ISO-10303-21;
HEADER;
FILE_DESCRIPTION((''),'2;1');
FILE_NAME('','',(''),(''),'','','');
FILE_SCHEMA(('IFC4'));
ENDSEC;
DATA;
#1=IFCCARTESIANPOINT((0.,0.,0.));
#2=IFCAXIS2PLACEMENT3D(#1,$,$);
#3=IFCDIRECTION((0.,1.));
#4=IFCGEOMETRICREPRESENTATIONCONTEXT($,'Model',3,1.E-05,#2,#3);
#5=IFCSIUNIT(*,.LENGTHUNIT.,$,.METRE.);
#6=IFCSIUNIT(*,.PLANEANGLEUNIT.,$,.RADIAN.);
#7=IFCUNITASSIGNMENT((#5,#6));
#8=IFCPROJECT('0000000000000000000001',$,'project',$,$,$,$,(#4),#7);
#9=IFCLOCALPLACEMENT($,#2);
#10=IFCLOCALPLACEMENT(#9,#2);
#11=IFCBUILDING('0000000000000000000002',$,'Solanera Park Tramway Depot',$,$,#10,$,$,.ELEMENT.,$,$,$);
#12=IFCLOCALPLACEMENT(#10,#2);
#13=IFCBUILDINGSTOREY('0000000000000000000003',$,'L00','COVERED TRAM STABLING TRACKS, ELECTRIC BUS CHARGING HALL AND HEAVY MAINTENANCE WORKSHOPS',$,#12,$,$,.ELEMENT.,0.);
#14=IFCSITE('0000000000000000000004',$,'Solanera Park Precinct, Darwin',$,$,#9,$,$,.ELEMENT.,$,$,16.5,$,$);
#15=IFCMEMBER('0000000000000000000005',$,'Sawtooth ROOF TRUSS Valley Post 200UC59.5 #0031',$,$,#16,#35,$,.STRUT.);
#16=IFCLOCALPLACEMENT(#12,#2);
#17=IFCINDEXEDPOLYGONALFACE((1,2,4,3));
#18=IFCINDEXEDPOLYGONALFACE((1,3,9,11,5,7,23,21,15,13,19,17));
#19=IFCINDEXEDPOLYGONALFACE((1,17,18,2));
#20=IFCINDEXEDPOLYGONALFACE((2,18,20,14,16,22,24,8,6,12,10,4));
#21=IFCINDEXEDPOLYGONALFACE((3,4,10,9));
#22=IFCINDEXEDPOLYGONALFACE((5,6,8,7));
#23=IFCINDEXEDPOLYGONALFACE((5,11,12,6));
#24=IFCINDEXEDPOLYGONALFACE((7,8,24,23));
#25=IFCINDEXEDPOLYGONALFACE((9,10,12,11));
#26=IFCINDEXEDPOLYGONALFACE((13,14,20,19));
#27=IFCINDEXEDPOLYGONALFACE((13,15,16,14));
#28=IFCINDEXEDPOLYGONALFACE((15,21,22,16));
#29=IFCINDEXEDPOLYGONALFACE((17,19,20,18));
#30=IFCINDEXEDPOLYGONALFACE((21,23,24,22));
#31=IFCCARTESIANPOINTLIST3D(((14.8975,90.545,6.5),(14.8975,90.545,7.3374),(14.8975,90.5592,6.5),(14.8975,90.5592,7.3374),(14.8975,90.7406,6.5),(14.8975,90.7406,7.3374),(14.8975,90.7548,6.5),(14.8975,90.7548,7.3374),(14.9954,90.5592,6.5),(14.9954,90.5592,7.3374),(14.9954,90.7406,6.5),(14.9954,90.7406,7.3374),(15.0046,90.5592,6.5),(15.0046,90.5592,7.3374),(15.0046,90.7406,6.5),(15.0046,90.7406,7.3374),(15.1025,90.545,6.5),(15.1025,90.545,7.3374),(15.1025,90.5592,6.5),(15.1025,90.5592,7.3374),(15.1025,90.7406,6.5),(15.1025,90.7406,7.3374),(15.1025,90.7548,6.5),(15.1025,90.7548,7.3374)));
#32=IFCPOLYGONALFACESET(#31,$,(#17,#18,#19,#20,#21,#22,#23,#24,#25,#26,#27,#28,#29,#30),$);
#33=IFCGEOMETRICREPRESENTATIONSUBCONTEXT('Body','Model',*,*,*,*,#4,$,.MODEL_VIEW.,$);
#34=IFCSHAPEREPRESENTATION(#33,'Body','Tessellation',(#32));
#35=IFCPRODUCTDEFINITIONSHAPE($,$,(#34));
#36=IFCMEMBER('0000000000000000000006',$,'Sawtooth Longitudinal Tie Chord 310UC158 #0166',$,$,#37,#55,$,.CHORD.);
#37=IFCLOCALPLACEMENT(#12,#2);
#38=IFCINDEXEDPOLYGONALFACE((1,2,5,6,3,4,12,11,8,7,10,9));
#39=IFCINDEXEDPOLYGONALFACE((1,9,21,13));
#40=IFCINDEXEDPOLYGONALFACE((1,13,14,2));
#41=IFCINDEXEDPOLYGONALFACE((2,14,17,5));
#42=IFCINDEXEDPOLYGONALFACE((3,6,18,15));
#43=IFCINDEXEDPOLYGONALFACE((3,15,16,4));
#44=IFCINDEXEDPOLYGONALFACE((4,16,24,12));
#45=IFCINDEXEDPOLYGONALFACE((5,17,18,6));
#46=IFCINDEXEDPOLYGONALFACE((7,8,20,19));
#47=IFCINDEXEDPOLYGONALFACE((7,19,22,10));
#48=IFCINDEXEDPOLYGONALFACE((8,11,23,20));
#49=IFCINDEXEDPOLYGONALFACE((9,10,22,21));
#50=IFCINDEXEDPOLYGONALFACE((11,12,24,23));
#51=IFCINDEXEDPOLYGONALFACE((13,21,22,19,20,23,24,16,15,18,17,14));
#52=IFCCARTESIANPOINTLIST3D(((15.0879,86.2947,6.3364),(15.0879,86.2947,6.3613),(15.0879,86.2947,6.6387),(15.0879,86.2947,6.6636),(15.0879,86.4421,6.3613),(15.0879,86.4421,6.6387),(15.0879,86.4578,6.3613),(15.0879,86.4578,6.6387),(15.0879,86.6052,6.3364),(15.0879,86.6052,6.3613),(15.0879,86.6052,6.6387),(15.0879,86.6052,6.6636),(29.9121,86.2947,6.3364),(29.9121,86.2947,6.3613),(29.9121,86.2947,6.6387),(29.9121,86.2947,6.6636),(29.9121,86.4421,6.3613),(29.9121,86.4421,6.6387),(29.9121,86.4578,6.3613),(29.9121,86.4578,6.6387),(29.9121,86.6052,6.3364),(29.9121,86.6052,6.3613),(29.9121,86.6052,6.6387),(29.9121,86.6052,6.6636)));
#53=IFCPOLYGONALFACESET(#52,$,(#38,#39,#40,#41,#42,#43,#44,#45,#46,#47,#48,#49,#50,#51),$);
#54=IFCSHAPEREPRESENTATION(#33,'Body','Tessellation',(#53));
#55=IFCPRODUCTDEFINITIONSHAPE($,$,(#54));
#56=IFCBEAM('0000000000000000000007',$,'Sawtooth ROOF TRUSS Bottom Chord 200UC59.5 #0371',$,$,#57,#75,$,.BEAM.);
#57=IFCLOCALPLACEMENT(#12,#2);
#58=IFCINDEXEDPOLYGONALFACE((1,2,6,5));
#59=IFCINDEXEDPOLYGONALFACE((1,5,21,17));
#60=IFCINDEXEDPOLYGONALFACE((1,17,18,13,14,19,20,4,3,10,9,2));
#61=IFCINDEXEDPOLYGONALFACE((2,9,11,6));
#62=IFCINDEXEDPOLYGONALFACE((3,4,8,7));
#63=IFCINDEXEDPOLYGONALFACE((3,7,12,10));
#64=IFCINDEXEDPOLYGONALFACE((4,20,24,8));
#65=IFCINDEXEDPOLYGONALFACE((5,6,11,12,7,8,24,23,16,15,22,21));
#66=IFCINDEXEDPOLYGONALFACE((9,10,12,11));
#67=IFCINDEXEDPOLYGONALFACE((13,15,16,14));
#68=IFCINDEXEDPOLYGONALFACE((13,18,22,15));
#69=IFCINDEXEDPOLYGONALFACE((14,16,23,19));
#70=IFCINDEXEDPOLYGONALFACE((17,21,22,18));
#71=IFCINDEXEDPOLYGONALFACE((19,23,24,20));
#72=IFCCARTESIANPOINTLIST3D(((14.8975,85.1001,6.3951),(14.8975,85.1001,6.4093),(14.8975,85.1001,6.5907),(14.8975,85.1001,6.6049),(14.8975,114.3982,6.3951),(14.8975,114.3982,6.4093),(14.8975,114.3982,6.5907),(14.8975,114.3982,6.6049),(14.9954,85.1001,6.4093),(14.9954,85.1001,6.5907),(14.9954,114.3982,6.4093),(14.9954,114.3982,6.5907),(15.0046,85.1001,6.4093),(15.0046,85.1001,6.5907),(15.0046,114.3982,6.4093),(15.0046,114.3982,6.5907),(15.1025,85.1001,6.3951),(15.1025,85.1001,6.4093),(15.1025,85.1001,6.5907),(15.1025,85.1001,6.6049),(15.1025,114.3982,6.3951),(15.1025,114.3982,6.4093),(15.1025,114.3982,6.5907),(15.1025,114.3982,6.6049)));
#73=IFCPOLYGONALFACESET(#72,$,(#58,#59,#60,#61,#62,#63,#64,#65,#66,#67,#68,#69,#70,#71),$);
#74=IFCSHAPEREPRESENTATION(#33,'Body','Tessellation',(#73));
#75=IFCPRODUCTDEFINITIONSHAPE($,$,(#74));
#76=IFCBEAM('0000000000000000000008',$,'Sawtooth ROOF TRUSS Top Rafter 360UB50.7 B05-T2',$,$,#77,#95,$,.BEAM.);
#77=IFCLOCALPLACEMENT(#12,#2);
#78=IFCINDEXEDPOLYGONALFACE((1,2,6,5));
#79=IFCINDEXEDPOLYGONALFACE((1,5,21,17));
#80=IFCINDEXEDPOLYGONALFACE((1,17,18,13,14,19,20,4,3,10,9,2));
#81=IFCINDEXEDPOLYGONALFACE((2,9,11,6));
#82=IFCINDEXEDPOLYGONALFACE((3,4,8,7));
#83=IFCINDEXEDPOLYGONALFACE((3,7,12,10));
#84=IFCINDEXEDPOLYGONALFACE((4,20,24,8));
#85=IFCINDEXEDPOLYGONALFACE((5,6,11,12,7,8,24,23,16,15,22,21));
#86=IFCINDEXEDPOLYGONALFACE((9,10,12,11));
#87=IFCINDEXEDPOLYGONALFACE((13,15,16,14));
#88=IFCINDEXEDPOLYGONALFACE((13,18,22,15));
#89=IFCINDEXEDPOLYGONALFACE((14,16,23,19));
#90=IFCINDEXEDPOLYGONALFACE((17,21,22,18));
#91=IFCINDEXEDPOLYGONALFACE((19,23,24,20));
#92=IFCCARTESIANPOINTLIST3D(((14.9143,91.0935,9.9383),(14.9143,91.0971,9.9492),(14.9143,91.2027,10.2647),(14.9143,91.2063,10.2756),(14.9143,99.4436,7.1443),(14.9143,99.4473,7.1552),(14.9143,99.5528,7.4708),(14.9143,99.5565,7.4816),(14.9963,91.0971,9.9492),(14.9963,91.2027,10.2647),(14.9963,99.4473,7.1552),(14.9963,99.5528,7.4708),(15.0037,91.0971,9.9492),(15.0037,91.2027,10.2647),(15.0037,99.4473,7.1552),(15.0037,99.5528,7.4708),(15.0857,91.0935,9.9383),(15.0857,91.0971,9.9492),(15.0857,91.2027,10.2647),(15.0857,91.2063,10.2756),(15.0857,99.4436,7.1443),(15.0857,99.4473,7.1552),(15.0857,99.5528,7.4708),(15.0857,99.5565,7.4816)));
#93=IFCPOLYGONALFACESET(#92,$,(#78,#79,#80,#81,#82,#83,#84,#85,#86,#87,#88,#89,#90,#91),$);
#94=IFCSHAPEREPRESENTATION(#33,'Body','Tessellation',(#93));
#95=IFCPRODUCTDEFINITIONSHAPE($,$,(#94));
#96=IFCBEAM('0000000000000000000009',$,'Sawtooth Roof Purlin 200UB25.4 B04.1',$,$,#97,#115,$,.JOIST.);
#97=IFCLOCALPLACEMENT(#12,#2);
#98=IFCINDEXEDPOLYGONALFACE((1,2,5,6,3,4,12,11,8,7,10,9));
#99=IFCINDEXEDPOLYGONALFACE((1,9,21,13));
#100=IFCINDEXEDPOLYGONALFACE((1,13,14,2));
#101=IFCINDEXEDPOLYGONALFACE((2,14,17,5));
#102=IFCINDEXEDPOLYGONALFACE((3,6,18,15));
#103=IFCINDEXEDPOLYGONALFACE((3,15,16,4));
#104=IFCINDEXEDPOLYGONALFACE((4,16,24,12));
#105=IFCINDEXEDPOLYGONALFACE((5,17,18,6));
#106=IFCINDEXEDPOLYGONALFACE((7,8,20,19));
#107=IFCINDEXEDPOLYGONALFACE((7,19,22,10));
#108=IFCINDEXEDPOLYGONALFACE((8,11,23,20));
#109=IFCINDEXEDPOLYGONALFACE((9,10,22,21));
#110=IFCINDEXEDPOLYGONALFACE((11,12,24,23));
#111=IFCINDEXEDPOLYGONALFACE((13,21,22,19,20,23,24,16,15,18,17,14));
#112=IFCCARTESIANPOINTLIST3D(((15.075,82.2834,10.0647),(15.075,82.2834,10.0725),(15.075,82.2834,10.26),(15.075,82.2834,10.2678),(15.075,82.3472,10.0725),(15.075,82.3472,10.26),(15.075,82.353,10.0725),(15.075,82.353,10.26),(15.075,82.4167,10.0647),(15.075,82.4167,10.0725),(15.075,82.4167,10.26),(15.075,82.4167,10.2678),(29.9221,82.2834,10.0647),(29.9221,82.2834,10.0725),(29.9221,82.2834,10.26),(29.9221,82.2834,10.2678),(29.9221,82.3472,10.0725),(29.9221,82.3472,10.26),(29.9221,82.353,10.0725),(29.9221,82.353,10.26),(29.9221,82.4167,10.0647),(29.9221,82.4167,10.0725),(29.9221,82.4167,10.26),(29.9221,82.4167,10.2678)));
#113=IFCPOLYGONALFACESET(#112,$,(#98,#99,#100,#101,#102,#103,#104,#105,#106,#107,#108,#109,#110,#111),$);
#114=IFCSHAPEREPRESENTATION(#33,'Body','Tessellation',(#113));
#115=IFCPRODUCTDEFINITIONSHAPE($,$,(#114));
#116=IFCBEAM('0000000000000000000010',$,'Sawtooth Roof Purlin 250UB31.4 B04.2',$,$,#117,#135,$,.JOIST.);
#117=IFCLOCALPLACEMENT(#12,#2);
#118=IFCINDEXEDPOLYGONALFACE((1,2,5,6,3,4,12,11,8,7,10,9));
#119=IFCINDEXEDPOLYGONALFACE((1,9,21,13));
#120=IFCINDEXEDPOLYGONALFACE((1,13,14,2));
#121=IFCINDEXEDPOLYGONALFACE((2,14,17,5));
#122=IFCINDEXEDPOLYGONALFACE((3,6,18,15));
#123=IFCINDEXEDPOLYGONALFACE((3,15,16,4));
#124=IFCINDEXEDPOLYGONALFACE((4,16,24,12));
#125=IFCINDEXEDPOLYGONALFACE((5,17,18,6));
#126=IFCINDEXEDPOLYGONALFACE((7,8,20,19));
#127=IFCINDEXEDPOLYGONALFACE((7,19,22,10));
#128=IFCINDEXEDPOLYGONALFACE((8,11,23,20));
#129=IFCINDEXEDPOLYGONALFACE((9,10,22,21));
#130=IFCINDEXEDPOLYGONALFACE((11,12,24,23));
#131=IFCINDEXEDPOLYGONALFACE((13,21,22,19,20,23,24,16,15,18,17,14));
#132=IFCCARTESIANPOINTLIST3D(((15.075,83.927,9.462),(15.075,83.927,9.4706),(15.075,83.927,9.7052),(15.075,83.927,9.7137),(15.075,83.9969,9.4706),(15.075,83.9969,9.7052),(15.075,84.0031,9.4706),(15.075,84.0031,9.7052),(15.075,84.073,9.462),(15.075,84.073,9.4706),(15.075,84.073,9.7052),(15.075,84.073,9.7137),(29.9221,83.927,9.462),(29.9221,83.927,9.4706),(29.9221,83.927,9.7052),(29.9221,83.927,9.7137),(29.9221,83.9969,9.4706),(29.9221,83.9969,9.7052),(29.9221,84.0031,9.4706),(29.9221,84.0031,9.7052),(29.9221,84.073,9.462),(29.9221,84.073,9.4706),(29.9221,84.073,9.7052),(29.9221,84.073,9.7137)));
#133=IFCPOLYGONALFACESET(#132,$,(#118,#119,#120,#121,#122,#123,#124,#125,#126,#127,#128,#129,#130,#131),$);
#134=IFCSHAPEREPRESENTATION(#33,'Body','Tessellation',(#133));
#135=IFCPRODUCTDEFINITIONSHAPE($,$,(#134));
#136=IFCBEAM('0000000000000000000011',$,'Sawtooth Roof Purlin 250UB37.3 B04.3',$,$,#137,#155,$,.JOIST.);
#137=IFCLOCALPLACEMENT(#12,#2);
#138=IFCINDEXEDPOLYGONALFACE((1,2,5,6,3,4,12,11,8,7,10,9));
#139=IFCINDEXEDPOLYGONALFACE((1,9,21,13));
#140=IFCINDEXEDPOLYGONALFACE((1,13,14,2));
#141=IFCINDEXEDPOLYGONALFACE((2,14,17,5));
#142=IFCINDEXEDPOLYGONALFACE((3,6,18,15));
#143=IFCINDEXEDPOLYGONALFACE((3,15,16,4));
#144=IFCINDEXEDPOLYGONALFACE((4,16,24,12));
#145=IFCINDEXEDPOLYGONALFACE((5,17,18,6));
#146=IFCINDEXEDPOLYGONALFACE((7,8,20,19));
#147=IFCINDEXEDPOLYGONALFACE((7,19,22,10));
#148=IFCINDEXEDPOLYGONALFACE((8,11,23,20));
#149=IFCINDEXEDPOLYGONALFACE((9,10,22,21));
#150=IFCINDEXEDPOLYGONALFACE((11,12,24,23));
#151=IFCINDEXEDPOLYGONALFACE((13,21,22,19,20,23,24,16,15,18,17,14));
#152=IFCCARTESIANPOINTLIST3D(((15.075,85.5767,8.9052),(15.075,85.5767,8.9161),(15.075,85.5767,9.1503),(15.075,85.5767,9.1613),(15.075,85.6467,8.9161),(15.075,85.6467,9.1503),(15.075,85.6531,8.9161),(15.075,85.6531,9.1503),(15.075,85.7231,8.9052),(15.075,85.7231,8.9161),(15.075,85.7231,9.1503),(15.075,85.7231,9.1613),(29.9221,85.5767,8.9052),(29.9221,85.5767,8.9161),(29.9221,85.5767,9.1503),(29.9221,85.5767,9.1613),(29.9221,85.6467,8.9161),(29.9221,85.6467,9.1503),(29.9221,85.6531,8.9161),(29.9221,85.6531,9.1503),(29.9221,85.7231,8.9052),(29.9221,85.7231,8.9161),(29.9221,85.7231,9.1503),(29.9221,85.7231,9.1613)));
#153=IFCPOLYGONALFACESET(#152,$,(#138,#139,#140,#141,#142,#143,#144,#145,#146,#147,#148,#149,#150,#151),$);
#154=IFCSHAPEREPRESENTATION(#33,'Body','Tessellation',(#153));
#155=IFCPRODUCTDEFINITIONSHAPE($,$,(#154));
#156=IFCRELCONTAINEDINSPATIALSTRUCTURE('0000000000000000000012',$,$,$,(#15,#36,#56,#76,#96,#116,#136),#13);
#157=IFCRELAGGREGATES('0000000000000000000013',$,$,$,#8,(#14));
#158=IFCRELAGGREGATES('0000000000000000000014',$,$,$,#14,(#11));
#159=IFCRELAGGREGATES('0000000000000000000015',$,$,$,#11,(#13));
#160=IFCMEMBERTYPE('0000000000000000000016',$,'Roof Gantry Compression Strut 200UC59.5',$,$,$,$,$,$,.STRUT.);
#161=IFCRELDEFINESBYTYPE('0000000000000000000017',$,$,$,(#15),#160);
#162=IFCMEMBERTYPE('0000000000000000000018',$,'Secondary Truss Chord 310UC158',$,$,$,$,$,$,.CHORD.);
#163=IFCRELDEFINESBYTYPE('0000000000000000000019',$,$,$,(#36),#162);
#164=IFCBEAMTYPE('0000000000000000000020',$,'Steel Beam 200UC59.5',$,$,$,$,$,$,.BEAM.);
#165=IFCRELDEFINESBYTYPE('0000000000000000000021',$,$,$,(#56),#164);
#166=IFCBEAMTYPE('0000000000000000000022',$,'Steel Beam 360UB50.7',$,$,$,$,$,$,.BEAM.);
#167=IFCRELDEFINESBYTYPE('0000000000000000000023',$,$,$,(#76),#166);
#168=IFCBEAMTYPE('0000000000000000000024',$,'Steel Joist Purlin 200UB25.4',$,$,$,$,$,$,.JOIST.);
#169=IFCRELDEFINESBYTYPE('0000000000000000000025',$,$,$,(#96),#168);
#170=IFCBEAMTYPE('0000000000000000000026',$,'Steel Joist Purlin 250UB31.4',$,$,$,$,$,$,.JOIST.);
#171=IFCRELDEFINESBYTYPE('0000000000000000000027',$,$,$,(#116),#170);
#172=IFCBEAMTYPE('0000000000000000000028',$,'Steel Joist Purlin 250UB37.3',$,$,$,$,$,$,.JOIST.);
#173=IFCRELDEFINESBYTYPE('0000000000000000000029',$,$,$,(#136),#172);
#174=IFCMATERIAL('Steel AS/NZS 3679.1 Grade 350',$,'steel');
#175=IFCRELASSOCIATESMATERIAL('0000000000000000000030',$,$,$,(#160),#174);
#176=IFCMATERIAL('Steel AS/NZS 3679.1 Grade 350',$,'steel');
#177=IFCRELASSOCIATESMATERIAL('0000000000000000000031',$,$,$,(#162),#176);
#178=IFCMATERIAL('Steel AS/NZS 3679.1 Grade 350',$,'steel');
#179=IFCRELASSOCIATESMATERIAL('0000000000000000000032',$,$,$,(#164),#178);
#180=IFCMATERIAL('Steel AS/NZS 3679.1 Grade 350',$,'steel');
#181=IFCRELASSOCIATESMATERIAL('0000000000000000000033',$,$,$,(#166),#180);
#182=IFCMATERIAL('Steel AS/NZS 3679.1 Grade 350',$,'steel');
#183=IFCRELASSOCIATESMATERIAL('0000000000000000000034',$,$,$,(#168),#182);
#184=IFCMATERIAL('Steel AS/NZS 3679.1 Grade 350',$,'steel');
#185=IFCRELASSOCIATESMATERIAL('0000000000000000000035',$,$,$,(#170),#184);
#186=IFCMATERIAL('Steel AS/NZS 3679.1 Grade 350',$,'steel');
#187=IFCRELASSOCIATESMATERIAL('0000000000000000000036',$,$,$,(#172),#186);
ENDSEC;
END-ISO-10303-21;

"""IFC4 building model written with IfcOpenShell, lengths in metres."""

from ifc_helpers import new_model, si_unit, direction, frame, origin, origin_2d, place, context, subcontext, project, spatial, i_section, extrude, material, material_profile, profile_set, type_object, element, save


model = new_model("IFC4")

# Units and contexts
model_context = context("Model", 3, precision=1e-05, world=origin(), true_north=direction((0.0, 1.0)))
body_context = subcontext(model_context, "Body", "Model", "MODEL_VIEW")
ifc_project = project(units=[si_unit("LENGTHUNIT", "METRE"), si_unit("PLANEANGLEUNIT", "RADIAN")], contexts=[model_context])

# Site, building, storey
site_placement = place(None, origin())
site = spatial("IfcSite", under=ifc_project, at=site_placement, Name="Solanera Park Precinct, Darwin", CompositionType="ELEMENT", RefElevation=16.5)
building_placement = place(site_placement, origin())
building = spatial("IfcBuilding", under=site, at=building_placement, Name="Solanera Park Tramway Depot", CompositionType="ELEMENT")
storey_placement = place(building_placement, origin())
storey = spatial("IfcBuildingStorey", under=building, at=storey_placement, Name="L00", Description="COVERED TRAM STABLING TRACKS, ELECTRIC BUS CHARGING HALL AND HEAVY MAINTENANCE WORKSHOPS", CompositionType="ELEMENT", Elevation=0.0)

# Members
ifc_material_1 = material(Name="Steel AS/NZS 3679.1 Grade 350", Category="steel")
ifc_material_profile_1 = material_profile(ifc_material_1, i_section(OverallWidth=0.2051, OverallDepth=0.2097, WebThickness=0.0093, FlangeThickness=0.0142, at=origin_2d()), Name="200UC59.5")
ifc_profile_set_1 = profile_set([ifc_material_profile_1], Name="Steel AS/NZS 3679.1 Grade 350")
member_type_1 = type_object("IfcMemberType", Name="Roof Gantry Compression Strut 200UC59.5", PredefinedType="STRUT", material=ifc_profile_set_1)
member_1_placement = place(storey_placement, frame((15.0, 90.6499, 6.5), z_axis=(0.0, 0.0, 1.0), x_axis=(1.0, 0.0, 0.0)))
element("IfcMember", 1, at=member_1_placement, inside=storey, type_object=member_type_1, Name="Sawtooth ROOF TRUSS Valley Post 200UC59.5 #0031", PredefinedType="STRUT", context=body_context, shape_type="SweptSolid", body=[
    extrude(i_section(OverallWidth=0.2051, OverallDepth=0.2097, WebThickness=0.0093, FlangeThickness=0.0142, at=origin_2d()), origin(), (0.0, 0.0, 1.0), 0.8374),
])
ifc_material_2 = material(Name="Steel AS/NZS 3679.1 Grade 350", Category="steel")
ifc_material_profile_2 = material_profile(ifc_material_2, i_section(OverallWidth=0.3105, OverallDepth=0.3271, WebThickness=0.0156, FlangeThickness=0.0249, at=origin_2d()), Name="310UC158")
ifc_profile_set_2 = profile_set([ifc_material_profile_2], Name="Steel AS/NZS 3679.1 Grade 350")
member_type_2 = type_object("IfcMemberType", Name="Secondary Truss Chord 310UC158", PredefinedType="CHORD", material=ifc_profile_set_2)
member_2_placement = place(storey_placement, frame((15.0879, 86.45, 6.5), z_axis=(1.0, 0.0, 0.0), x_axis=(0.0, 1.0, 0.0)))
element("IfcMember", 2, at=member_2_placement, inside=storey, type_object=member_type_2, Name="Sawtooth Longitudinal Tie Chord 310UC158 #0166", PredefinedType="CHORD", context=body_context, shape_type="SweptSolid", body=[
    extrude(i_section(OverallWidth=0.3105, OverallDepth=0.3271, WebThickness=0.0156, FlangeThickness=0.0249, at=origin_2d()), origin(), (0.0, 0.0, 1.0), 14.8242),
])

# Beams
ifc_material_3 = material(Name="Steel AS/NZS 3679.1 Grade 350", Category="steel")
ifc_material_profile_3 = material_profile(ifc_material_3, i_section(OverallWidth=0.2051, OverallDepth=0.2097, WebThickness=0.0093, FlangeThickness=0.0142, at=origin_2d()), Name="200UC59.5")
ifc_profile_set_3 = profile_set([ifc_material_profile_3], Name="Steel AS/NZS 3679.1 Grade 350")
beam_type_1 = type_object("IfcBeamType", Name="Steel Beam 200UC59.5", PredefinedType="BEAM", material=ifc_profile_set_3)
beam_1_placement = place(storey_placement, frame((15.0, 85.1001, 6.5), z_axis=(0.0, 1.0, 0.0), x_axis=(-1.0, 0.0, 0.0)))
element("IfcBeam", 3, at=beam_1_placement, inside=storey, type_object=beam_type_1, Name="Sawtooth ROOF TRUSS Bottom Chord 200UC59.5 #0371", PredefinedType="BEAM", context=body_context, shape_type="SweptSolid", body=[
    extrude(i_section(OverallWidth=0.2051, OverallDepth=0.2097, WebThickness=0.0093, FlangeThickness=0.0142, at=origin_2d()), origin(), (0.0, 0.0, 1.0), 29.2981),
])
ifc_material_4 = material(Name="Steel AS/NZS 3679.1 Grade 350", Category="steel")
ifc_material_profile_4 = material_profile(ifc_material_4, i_section(OverallWidth=0.1714, OverallDepth=0.3557, WebThickness=0.0073, FlangeThickness=0.0115, at=origin_2d()), Name="360UB50.7")
ifc_profile_set_4 = profile_set([ifc_material_profile_4], Name="Steel AS/NZS 3679.1 Grade 350")
beam_type_2 = type_object("IfcBeamType", Name="Steel Beam 360UB50.7", PredefinedType="BEAM", material=ifc_profile_set_4)
beam_2_placement = place(storey_placement, frame((15.0, 91.1499, 10.1069), z_axis=(0.0, 0.948322, -0.317309), x_axis=(-1.0, 0.0, 0.0)))
element("IfcBeam", 4, at=beam_2_placement, inside=storey, type_object=beam_type_2, Name="Sawtooth ROOF TRUSS Top Rafter 360UB50.7 B05-T2", PredefinedType="BEAM", context=body_context, shape_type="SweptSolid", body=[
    extrude(i_section(OverallWidth=0.1714, OverallDepth=0.3557, WebThickness=0.0073, FlangeThickness=0.0115, at=origin_2d()), origin(), (0.0, 0.0, 1.0), 8.8052),
])
ifc_material_5 = material(Name="Steel AS/NZS 3679.1 Grade 350", Category="steel")
ifc_material_profile_5 = material_profile(ifc_material_5, i_section(OverallWidth=0.1333, OverallDepth=0.2031, WebThickness=0.0059, FlangeThickness=0.0078, at=origin_2d()), Name="200UB25.4")
ifc_profile_set_5 = profile_set([ifc_material_profile_5], Name="Steel AS/NZS 3679.1 Grade 350")
beam_type_3 = type_object("IfcBeamType", Name="Steel Joist Purlin 200UB25.4", PredefinedType="JOIST", material=ifc_profile_set_5)
beam_3_placement = place(storey_placement, frame((15.075, 82.3501, 10.1663), z_axis=(1.0, 0.0, 0.0), x_axis=(0.0, 1.0, 0.0)))
element("IfcBeam", 5, at=beam_3_placement, inside=storey, type_object=beam_type_3, Name="Sawtooth Roof Purlin 200UB25.4 B04.1", PredefinedType="JOIST", context=body_context, shape_type="SweptSolid", body=[
    extrude(i_section(OverallWidth=0.1333, OverallDepth=0.2031, WebThickness=0.0059, FlangeThickness=0.0078, at=origin_2d()), origin(), (0.0, 0.0, 1.0), 14.8472),
])
ifc_material_6 = material(Name="Steel AS/NZS 3679.1 Grade 350", Category="steel")
ifc_material_profile_6 = material_profile(ifc_material_6, i_section(OverallWidth=0.146, OverallDepth=0.2517, WebThickness=0.0061, FlangeThickness=0.0085, at=origin_2d()), Name="250UB31.4")
ifc_profile_set_6 = profile_set([ifc_material_profile_6], Name="Steel AS/NZS 3679.1 Grade 350")
beam_type_4 = type_object("IfcBeamType", Name="Steel Joist Purlin 250UB31.4", PredefinedType="JOIST", material=ifc_profile_set_6)
beam_4_placement = place(storey_placement, frame((15.075, 84.0, 9.5879), z_axis=(1.0, 0.0, 0.0), x_axis=(0.0, 1.0, 0.0)))
element("IfcBeam", 6, at=beam_4_placement, inside=storey, type_object=beam_type_4, Name="Sawtooth Roof Purlin 250UB31.4 B04.2", PredefinedType="JOIST", context=body_context, shape_type="SweptSolid", body=[
    extrude(i_section(OverallWidth=0.146, OverallDepth=0.2517, WebThickness=0.0061, FlangeThickness=0.0085, at=origin_2d()), origin(), (0.0, 0.0, 1.0), 14.8472),
])
ifc_material_7 = material(Name="Steel AS/NZS 3679.1 Grade 350", Category="steel")
ifc_material_profile_7 = material_profile(ifc_material_7, i_section(OverallWidth=0.1465, OverallDepth=0.2561, WebThickness=0.0063, FlangeThickness=0.011, at=origin_2d()), Name="250UB37.3")
ifc_profile_set_7 = profile_set([ifc_material_profile_7], Name="Steel AS/NZS 3679.1 Grade 350")
beam_type_5 = type_object("IfcBeamType", Name="Steel Joist Purlin 250UB37.3", PredefinedType="JOIST", material=ifc_profile_set_7)
beam_5_placement = place(storey_placement, frame((15.075, 85.6499, 9.0332), z_axis=(1.0, 0.0, 0.0), x_axis=(0.0, 1.0, 0.0)))
element("IfcBeam", 7, at=beam_5_placement, inside=storey, type_object=beam_type_5, Name="Sawtooth Roof Purlin 250UB37.3 B04.3", PredefinedType="JOIST", context=body_context, shape_type="SweptSolid", body=[
    extrude(i_section(OverallWidth=0.1465, OverallDepth=0.2561, WebThickness=0.0063, FlangeThickness=0.011, at=origin_2d()), origin(), (0.0, 0.0, 1.0), 14.8472),
])

save(model, "model.ifc")
